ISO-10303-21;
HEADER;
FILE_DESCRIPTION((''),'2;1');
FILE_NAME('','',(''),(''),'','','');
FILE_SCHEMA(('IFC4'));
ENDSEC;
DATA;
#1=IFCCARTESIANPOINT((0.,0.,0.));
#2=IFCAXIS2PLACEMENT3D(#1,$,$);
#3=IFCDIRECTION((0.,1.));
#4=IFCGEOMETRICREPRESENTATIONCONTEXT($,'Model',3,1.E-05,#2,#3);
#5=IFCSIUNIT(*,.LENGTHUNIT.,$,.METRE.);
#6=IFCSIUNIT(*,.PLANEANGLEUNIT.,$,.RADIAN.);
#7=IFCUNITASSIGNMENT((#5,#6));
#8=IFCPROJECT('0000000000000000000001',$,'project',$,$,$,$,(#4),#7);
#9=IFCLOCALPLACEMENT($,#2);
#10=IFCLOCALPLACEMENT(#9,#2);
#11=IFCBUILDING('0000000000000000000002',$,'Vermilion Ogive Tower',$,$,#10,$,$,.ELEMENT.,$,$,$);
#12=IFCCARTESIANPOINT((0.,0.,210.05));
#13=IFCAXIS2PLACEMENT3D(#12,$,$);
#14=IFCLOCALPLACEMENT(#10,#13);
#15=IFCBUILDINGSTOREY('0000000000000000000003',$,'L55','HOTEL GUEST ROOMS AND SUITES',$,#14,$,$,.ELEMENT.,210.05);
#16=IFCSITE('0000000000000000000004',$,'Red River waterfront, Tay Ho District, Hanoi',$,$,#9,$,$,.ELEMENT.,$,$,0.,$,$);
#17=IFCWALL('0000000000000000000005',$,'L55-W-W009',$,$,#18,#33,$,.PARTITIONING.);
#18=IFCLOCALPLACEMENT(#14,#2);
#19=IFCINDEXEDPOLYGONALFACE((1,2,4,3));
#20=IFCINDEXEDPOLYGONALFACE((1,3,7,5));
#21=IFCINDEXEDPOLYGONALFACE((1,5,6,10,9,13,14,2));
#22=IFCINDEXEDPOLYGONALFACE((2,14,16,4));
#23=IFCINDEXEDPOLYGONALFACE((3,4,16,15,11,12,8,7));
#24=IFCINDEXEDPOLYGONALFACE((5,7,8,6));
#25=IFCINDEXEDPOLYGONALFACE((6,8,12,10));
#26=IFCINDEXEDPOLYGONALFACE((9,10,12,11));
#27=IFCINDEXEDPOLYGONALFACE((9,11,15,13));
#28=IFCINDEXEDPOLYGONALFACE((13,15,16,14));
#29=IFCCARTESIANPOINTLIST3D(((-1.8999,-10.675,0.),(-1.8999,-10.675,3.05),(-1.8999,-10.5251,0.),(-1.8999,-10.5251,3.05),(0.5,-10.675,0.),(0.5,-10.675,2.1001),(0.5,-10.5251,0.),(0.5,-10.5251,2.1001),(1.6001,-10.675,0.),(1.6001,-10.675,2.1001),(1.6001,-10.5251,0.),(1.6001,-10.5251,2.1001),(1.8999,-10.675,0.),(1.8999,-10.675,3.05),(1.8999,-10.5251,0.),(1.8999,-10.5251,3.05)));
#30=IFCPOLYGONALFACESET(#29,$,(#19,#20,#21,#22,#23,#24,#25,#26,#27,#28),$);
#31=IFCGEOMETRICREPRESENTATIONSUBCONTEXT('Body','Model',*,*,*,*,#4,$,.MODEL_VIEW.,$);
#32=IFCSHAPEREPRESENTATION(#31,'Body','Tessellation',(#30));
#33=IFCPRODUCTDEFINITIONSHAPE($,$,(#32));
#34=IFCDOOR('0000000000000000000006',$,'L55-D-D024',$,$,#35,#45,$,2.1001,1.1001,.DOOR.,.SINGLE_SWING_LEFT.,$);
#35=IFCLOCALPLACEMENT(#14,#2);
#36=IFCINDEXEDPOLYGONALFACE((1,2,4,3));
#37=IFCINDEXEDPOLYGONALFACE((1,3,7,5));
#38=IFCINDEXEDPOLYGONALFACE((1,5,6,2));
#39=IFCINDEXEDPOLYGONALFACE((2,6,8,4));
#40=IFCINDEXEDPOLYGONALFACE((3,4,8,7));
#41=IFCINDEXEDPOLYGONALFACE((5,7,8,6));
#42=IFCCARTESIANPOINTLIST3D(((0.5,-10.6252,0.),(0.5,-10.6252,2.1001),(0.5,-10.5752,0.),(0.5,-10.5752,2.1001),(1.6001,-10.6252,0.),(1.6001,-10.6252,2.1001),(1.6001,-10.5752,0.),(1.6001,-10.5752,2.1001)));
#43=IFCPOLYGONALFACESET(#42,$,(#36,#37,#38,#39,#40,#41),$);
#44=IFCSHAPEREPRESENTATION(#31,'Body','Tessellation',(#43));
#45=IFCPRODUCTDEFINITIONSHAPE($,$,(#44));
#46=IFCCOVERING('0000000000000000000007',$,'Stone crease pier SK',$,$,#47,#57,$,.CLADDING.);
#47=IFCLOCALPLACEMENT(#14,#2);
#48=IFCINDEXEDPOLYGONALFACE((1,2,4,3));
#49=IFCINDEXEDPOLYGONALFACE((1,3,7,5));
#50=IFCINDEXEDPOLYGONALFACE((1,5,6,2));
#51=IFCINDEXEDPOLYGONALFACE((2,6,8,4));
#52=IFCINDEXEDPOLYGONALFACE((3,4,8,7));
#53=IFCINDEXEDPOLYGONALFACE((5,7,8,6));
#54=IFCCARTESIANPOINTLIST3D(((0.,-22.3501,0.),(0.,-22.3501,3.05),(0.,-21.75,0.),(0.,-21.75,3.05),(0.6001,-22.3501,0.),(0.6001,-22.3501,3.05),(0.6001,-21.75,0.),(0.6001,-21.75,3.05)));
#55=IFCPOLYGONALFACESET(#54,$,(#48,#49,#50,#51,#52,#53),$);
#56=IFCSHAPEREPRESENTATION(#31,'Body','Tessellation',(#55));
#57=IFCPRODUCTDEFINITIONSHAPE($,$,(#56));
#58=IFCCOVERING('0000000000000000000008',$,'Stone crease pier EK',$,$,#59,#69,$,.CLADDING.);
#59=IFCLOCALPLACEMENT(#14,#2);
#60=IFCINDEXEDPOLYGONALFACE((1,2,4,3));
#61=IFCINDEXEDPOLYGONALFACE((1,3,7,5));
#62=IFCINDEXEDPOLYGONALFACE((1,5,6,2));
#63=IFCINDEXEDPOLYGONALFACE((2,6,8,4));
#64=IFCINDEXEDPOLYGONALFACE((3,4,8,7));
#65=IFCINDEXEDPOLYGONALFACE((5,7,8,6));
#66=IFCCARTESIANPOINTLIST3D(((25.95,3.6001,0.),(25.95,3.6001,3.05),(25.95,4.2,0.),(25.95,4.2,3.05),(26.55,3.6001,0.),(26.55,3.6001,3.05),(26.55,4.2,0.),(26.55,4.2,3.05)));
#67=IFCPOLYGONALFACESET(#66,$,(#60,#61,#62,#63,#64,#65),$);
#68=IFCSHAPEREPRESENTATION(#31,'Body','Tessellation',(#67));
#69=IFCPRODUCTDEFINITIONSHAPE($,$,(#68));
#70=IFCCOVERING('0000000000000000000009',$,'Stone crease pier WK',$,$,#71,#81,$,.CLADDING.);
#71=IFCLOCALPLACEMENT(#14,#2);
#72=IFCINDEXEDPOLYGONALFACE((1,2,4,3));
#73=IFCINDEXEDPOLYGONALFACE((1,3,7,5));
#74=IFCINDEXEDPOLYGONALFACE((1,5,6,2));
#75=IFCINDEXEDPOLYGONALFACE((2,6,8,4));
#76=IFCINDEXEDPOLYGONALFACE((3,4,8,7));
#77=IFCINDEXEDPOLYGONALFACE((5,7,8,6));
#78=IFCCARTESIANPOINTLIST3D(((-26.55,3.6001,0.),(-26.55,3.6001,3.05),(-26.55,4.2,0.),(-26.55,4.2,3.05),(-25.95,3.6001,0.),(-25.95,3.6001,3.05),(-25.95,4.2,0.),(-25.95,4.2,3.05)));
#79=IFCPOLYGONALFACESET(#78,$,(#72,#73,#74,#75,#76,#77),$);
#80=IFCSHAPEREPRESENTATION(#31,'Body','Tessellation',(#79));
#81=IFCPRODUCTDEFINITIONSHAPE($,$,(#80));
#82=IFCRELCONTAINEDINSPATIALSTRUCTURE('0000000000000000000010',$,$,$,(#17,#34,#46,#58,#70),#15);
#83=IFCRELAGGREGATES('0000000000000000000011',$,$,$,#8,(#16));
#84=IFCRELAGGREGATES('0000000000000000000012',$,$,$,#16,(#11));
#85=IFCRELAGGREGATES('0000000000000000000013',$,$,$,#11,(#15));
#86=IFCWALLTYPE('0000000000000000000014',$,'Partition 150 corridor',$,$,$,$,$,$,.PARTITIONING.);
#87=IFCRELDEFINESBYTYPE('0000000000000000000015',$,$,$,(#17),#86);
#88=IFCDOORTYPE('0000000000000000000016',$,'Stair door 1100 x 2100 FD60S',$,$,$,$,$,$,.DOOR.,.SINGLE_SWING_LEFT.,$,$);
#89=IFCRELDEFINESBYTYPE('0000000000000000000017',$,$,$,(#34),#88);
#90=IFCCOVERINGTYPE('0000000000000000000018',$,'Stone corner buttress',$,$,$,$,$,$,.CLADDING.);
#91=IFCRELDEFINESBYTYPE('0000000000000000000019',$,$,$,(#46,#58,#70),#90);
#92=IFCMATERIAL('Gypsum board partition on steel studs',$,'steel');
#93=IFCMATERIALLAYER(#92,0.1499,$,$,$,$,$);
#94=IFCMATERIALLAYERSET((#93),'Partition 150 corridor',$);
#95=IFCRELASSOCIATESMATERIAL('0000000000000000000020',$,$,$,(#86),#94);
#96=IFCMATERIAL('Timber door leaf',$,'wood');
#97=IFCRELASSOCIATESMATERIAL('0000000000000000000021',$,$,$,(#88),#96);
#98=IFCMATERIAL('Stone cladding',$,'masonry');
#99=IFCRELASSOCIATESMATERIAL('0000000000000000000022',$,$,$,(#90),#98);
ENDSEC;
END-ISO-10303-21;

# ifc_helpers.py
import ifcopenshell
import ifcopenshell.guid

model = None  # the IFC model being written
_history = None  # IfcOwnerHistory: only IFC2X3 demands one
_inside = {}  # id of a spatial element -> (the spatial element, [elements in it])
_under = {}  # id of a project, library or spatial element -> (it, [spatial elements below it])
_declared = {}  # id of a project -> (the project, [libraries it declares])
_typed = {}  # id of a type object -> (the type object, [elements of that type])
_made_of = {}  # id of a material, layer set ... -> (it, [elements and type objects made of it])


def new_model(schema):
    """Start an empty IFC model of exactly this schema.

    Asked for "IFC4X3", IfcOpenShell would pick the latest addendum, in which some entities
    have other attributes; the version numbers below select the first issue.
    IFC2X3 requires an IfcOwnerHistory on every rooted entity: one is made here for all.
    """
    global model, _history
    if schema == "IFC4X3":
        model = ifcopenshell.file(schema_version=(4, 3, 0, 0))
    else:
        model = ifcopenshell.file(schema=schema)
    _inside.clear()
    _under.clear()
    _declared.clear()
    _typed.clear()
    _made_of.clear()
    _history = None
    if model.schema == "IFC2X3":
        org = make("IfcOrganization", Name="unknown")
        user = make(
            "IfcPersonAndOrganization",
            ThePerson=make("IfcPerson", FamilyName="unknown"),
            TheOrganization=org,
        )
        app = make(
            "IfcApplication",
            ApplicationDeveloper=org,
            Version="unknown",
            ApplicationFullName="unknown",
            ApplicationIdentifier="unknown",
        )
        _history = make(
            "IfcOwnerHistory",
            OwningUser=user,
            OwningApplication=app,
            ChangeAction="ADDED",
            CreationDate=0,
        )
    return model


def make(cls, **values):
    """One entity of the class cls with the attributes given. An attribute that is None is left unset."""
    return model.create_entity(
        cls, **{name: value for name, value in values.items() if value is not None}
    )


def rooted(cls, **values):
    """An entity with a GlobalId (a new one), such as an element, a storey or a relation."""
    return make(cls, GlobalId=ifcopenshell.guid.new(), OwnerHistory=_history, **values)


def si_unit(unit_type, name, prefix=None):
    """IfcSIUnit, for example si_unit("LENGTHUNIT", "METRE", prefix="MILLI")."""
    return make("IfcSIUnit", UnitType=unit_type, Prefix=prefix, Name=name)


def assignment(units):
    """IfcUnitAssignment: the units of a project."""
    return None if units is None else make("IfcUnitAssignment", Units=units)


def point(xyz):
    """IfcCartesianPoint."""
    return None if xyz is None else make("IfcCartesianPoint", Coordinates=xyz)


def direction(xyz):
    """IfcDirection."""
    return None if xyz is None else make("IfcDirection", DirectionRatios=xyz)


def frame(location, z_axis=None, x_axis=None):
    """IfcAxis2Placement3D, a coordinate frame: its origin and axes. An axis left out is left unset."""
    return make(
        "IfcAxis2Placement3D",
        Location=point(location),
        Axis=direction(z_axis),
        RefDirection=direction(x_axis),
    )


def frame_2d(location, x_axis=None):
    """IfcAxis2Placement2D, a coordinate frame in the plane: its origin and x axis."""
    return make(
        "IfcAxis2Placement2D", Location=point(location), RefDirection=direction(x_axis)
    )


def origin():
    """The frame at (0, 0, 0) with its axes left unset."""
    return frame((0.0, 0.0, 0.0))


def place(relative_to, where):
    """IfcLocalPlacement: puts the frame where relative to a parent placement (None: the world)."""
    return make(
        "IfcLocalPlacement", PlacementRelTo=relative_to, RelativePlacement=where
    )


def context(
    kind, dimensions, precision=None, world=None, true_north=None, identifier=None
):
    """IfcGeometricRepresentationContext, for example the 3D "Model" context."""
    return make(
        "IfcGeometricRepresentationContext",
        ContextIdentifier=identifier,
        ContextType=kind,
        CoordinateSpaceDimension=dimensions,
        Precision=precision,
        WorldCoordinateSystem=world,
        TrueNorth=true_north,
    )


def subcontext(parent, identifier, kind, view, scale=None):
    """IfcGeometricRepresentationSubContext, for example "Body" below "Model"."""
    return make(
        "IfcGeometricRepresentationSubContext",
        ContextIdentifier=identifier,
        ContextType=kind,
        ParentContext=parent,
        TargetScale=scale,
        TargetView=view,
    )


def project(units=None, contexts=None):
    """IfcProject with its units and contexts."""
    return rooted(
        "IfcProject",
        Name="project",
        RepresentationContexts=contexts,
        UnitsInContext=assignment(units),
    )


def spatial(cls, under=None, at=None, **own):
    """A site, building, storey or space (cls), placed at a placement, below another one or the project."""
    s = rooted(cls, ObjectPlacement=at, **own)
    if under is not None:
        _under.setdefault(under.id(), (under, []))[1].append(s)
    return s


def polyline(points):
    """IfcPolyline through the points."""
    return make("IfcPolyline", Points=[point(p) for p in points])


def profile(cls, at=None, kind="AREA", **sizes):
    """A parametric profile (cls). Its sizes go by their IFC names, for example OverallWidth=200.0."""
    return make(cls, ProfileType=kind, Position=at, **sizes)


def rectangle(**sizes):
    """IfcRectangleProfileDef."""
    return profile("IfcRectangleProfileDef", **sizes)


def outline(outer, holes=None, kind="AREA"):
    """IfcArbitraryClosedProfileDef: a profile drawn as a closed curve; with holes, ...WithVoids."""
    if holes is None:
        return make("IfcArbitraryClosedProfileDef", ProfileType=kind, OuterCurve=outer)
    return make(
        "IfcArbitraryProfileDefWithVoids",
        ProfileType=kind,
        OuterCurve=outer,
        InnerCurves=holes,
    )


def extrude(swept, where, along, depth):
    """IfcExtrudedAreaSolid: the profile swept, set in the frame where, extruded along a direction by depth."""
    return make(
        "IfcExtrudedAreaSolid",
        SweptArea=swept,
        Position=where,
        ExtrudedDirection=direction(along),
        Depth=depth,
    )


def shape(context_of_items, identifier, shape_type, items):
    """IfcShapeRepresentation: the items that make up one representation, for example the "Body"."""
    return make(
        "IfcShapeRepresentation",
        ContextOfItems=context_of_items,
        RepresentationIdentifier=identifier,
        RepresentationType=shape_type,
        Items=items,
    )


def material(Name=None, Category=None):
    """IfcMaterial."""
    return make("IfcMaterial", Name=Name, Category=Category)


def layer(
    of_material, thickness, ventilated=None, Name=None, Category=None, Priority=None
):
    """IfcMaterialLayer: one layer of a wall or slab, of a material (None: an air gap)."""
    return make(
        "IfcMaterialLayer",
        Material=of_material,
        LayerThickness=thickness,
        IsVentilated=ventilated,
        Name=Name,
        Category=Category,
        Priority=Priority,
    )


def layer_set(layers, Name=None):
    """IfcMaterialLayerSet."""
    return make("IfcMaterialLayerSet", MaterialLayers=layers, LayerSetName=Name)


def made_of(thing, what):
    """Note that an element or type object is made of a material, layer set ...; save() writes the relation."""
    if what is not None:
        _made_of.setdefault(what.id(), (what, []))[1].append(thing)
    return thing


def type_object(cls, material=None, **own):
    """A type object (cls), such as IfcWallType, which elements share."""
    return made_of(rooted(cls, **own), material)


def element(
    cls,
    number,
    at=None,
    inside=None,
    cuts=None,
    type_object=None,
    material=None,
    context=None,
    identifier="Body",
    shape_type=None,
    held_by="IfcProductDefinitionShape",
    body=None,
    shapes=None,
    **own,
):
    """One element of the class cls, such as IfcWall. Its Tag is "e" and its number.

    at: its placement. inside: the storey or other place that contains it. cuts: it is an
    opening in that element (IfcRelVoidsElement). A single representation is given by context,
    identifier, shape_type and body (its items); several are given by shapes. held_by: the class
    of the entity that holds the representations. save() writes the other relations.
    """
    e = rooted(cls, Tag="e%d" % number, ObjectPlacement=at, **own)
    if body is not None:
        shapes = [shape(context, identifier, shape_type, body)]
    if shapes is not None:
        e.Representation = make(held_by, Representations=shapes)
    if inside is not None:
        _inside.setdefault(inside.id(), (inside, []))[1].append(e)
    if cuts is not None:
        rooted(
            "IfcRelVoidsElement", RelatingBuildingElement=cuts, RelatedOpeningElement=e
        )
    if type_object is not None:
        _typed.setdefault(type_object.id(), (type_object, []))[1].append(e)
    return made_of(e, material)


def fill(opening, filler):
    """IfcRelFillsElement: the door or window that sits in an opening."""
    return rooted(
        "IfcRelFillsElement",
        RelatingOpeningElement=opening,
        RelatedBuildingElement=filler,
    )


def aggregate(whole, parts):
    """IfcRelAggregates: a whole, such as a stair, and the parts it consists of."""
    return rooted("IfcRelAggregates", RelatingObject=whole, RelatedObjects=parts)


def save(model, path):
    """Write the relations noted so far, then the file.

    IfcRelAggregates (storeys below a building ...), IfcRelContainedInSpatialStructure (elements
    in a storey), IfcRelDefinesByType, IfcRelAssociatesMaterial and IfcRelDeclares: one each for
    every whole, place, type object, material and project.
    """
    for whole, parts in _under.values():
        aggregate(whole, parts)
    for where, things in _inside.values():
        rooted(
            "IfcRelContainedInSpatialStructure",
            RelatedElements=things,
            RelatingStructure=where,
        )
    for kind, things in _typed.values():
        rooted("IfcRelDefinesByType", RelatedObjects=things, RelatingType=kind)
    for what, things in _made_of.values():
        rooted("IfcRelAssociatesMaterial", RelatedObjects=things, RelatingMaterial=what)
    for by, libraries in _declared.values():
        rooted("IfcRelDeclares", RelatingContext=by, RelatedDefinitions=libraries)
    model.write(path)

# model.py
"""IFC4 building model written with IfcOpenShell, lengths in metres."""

from ifc_helpers import new_model, si_unit, direction, frame, frame_2d, origin, place, context, subcontext, project, spatial, polyline, rectangle, outline, extrude, material, layer, layer_set, type_object, element, fill, save


model = new_model("IFC4")

# Units and contexts
model_context = context("Model", 3, precision=1e-05, world=origin(), true_north=direction((0.0, 1.0)))
body_context = subcontext(model_context, "Body", "Model", "MODEL_VIEW")
ifc_project = project(units=[si_unit("LENGTHUNIT", "METRE"), si_unit("PLANEANGLEUNIT", "RADIAN")], contexts=[model_context])

# Site, building, storey
site_placement = place(None, origin())
site = spatial("IfcSite", under=ifc_project, at=site_placement, Name="Red River waterfront, Tay Ho District, Hanoi", CompositionType="ELEMENT", RefElevation=0.0)
building_placement = place(site_placement, origin())
building = spatial("IfcBuilding", under=site, at=building_placement, Name="Vermilion Ogive Tower", CompositionType="ELEMENT")
storey_placement = place(building_placement, frame((0.0, 0.0, 210.05)))
storey = spatial("IfcBuildingStorey", under=building, at=storey_placement, Name="L55", Description="HOTEL GUEST ROOMS AND SUITES", CompositionType="ELEMENT", Elevation=210.05)

# Wall, opening, door
ifc_material_1 = material(Name="Gypsum board partition on steel studs", Category="steel")
ifc_layer_1 = layer(ifc_material_1, 0.1499)
ifc_layer_set_1 = layer_set([ifc_layer_1], Name="Partition 150 corridor")
wall_type = type_object("IfcWallType", Name="Partition 150 corridor", PredefinedType="PARTITIONING", material=ifc_layer_set_1)
wall_placement = place(storey_placement, frame((-1.8999, -10.6001, 0.0), z_axis=(0.0, 0.0, 1.0), x_axis=(1.0, 0.0, 0.0)))
wall = element("IfcWall", 1, at=wall_placement, inside=storey, type_object=wall_type, Name="L55-W-W009", PredefinedType="PARTITIONING", context=body_context, shape_type="SweptSolid", body=[
    extrude(rectangle(XDim=3.7998, YDim=0.1499, at=frame_2d((1.8999, 0.0))), origin(), (0.0, 0.0, 1.0), 3.05),
])
opening_placement = place(wall_placement, frame((2.3999, 0.0, 0.0)))
opening = element("IfcOpeningElement", 2, at=opening_placement, cuts=wall, PredefinedType="OPENING", context=body_context, shape_type="SweptSolid", body=[
    extrude(rectangle(XDim=1.1001, YDim=2.1001, at=frame_2d((0.55, 1.05))), frame((0.0, 0.085, 0.0), z_axis=(0.0, -1.0, 0.0), x_axis=(1.0, 0.0, 0.0)), (0.0, 0.0, 1.0), 0.1699),
])
ifc_material_2 = material(Name="Timber door leaf", Category="wood")
door_type = type_object("IfcDoorType", Name="Stair door 1100 x 2100 FD60S", OperationType="SINGLE_SWING_LEFT", PredefinedType="DOOR", material=ifc_material_2)
door_placement = place(opening_placement, origin())
door = element("IfcDoor", 3, at=door_placement, inside=storey, type_object=door_type, Name="L55-D-D024", OperationType="SINGLE_SWING_LEFT", OverallHeight=2.1001, OverallWidth=1.1001, PredefinedType="DOOR", context=body_context, shape_type="SweptSolid", body=[
    extrude(rectangle(XDim=1.1001, YDim=2.1001, at=frame_2d((0.55, 1.05))), frame((0.0, 0.0249, 0.0), z_axis=(0.0, -1.0, 0.0), x_axis=(1.0, 0.0, 0.0)), (0.0, 0.0, 1.0), 0.05),
])
fill(opening, door)

# Coverings
ifc_material_3 = material(Name="Stone cladding", Category="masonry")
covering_type = type_object("IfcCoveringType", Name="Stone corner buttress", PredefinedType="CLADDING", material=ifc_material_3)
covering_1_placement = place(storey_placement, origin())
element("IfcCovering", 4, at=covering_1_placement, inside=storey, type_object=covering_type, Name="Stone crease pier SK", PredefinedType="CLADDING", context=body_context, shape_type="SweptSolid", body=[
    extrude(outline(polyline([(0.0, -22.3501), (0.6001, -22.3501), (0.6001, -21.75), (0.0, -21.75), (0.0, -22.3501)])), origin(), (0.0, 0.0, 1.0), 3.05),
])
covering_2_placement = place(storey_placement, origin())
element("IfcCovering", 5, at=covering_2_placement, inside=storey, type_object=covering_type, Name="Stone crease pier EK", PredefinedType="CLADDING", context=body_context, shape_type="SweptSolid", body=[
    extrude(outline(polyline([(26.55, 3.6001), (26.55, 4.2), (25.95, 4.2), (25.95, 3.6001), (26.55, 3.6001)])), origin(), (0.0, 0.0, 1.0), 3.05),
])
covering_3_placement = place(storey_placement, origin())
element("IfcCovering", 6, at=covering_3_placement, inside=storey, type_object=covering_type, Name="Stone crease pier WK", PredefinedType="CLADDING", context=body_context, shape_type="SweptSolid", body=[
    extrude(outline(polyline([(-26.55, 4.2), (-26.55, 3.6001), (-25.95, 3.6001), (-25.95, 4.2), (-26.55, 4.2)])), origin(), (0.0, 0.0, 1.0), 3.05),
])

save(model, "model.ifc")
